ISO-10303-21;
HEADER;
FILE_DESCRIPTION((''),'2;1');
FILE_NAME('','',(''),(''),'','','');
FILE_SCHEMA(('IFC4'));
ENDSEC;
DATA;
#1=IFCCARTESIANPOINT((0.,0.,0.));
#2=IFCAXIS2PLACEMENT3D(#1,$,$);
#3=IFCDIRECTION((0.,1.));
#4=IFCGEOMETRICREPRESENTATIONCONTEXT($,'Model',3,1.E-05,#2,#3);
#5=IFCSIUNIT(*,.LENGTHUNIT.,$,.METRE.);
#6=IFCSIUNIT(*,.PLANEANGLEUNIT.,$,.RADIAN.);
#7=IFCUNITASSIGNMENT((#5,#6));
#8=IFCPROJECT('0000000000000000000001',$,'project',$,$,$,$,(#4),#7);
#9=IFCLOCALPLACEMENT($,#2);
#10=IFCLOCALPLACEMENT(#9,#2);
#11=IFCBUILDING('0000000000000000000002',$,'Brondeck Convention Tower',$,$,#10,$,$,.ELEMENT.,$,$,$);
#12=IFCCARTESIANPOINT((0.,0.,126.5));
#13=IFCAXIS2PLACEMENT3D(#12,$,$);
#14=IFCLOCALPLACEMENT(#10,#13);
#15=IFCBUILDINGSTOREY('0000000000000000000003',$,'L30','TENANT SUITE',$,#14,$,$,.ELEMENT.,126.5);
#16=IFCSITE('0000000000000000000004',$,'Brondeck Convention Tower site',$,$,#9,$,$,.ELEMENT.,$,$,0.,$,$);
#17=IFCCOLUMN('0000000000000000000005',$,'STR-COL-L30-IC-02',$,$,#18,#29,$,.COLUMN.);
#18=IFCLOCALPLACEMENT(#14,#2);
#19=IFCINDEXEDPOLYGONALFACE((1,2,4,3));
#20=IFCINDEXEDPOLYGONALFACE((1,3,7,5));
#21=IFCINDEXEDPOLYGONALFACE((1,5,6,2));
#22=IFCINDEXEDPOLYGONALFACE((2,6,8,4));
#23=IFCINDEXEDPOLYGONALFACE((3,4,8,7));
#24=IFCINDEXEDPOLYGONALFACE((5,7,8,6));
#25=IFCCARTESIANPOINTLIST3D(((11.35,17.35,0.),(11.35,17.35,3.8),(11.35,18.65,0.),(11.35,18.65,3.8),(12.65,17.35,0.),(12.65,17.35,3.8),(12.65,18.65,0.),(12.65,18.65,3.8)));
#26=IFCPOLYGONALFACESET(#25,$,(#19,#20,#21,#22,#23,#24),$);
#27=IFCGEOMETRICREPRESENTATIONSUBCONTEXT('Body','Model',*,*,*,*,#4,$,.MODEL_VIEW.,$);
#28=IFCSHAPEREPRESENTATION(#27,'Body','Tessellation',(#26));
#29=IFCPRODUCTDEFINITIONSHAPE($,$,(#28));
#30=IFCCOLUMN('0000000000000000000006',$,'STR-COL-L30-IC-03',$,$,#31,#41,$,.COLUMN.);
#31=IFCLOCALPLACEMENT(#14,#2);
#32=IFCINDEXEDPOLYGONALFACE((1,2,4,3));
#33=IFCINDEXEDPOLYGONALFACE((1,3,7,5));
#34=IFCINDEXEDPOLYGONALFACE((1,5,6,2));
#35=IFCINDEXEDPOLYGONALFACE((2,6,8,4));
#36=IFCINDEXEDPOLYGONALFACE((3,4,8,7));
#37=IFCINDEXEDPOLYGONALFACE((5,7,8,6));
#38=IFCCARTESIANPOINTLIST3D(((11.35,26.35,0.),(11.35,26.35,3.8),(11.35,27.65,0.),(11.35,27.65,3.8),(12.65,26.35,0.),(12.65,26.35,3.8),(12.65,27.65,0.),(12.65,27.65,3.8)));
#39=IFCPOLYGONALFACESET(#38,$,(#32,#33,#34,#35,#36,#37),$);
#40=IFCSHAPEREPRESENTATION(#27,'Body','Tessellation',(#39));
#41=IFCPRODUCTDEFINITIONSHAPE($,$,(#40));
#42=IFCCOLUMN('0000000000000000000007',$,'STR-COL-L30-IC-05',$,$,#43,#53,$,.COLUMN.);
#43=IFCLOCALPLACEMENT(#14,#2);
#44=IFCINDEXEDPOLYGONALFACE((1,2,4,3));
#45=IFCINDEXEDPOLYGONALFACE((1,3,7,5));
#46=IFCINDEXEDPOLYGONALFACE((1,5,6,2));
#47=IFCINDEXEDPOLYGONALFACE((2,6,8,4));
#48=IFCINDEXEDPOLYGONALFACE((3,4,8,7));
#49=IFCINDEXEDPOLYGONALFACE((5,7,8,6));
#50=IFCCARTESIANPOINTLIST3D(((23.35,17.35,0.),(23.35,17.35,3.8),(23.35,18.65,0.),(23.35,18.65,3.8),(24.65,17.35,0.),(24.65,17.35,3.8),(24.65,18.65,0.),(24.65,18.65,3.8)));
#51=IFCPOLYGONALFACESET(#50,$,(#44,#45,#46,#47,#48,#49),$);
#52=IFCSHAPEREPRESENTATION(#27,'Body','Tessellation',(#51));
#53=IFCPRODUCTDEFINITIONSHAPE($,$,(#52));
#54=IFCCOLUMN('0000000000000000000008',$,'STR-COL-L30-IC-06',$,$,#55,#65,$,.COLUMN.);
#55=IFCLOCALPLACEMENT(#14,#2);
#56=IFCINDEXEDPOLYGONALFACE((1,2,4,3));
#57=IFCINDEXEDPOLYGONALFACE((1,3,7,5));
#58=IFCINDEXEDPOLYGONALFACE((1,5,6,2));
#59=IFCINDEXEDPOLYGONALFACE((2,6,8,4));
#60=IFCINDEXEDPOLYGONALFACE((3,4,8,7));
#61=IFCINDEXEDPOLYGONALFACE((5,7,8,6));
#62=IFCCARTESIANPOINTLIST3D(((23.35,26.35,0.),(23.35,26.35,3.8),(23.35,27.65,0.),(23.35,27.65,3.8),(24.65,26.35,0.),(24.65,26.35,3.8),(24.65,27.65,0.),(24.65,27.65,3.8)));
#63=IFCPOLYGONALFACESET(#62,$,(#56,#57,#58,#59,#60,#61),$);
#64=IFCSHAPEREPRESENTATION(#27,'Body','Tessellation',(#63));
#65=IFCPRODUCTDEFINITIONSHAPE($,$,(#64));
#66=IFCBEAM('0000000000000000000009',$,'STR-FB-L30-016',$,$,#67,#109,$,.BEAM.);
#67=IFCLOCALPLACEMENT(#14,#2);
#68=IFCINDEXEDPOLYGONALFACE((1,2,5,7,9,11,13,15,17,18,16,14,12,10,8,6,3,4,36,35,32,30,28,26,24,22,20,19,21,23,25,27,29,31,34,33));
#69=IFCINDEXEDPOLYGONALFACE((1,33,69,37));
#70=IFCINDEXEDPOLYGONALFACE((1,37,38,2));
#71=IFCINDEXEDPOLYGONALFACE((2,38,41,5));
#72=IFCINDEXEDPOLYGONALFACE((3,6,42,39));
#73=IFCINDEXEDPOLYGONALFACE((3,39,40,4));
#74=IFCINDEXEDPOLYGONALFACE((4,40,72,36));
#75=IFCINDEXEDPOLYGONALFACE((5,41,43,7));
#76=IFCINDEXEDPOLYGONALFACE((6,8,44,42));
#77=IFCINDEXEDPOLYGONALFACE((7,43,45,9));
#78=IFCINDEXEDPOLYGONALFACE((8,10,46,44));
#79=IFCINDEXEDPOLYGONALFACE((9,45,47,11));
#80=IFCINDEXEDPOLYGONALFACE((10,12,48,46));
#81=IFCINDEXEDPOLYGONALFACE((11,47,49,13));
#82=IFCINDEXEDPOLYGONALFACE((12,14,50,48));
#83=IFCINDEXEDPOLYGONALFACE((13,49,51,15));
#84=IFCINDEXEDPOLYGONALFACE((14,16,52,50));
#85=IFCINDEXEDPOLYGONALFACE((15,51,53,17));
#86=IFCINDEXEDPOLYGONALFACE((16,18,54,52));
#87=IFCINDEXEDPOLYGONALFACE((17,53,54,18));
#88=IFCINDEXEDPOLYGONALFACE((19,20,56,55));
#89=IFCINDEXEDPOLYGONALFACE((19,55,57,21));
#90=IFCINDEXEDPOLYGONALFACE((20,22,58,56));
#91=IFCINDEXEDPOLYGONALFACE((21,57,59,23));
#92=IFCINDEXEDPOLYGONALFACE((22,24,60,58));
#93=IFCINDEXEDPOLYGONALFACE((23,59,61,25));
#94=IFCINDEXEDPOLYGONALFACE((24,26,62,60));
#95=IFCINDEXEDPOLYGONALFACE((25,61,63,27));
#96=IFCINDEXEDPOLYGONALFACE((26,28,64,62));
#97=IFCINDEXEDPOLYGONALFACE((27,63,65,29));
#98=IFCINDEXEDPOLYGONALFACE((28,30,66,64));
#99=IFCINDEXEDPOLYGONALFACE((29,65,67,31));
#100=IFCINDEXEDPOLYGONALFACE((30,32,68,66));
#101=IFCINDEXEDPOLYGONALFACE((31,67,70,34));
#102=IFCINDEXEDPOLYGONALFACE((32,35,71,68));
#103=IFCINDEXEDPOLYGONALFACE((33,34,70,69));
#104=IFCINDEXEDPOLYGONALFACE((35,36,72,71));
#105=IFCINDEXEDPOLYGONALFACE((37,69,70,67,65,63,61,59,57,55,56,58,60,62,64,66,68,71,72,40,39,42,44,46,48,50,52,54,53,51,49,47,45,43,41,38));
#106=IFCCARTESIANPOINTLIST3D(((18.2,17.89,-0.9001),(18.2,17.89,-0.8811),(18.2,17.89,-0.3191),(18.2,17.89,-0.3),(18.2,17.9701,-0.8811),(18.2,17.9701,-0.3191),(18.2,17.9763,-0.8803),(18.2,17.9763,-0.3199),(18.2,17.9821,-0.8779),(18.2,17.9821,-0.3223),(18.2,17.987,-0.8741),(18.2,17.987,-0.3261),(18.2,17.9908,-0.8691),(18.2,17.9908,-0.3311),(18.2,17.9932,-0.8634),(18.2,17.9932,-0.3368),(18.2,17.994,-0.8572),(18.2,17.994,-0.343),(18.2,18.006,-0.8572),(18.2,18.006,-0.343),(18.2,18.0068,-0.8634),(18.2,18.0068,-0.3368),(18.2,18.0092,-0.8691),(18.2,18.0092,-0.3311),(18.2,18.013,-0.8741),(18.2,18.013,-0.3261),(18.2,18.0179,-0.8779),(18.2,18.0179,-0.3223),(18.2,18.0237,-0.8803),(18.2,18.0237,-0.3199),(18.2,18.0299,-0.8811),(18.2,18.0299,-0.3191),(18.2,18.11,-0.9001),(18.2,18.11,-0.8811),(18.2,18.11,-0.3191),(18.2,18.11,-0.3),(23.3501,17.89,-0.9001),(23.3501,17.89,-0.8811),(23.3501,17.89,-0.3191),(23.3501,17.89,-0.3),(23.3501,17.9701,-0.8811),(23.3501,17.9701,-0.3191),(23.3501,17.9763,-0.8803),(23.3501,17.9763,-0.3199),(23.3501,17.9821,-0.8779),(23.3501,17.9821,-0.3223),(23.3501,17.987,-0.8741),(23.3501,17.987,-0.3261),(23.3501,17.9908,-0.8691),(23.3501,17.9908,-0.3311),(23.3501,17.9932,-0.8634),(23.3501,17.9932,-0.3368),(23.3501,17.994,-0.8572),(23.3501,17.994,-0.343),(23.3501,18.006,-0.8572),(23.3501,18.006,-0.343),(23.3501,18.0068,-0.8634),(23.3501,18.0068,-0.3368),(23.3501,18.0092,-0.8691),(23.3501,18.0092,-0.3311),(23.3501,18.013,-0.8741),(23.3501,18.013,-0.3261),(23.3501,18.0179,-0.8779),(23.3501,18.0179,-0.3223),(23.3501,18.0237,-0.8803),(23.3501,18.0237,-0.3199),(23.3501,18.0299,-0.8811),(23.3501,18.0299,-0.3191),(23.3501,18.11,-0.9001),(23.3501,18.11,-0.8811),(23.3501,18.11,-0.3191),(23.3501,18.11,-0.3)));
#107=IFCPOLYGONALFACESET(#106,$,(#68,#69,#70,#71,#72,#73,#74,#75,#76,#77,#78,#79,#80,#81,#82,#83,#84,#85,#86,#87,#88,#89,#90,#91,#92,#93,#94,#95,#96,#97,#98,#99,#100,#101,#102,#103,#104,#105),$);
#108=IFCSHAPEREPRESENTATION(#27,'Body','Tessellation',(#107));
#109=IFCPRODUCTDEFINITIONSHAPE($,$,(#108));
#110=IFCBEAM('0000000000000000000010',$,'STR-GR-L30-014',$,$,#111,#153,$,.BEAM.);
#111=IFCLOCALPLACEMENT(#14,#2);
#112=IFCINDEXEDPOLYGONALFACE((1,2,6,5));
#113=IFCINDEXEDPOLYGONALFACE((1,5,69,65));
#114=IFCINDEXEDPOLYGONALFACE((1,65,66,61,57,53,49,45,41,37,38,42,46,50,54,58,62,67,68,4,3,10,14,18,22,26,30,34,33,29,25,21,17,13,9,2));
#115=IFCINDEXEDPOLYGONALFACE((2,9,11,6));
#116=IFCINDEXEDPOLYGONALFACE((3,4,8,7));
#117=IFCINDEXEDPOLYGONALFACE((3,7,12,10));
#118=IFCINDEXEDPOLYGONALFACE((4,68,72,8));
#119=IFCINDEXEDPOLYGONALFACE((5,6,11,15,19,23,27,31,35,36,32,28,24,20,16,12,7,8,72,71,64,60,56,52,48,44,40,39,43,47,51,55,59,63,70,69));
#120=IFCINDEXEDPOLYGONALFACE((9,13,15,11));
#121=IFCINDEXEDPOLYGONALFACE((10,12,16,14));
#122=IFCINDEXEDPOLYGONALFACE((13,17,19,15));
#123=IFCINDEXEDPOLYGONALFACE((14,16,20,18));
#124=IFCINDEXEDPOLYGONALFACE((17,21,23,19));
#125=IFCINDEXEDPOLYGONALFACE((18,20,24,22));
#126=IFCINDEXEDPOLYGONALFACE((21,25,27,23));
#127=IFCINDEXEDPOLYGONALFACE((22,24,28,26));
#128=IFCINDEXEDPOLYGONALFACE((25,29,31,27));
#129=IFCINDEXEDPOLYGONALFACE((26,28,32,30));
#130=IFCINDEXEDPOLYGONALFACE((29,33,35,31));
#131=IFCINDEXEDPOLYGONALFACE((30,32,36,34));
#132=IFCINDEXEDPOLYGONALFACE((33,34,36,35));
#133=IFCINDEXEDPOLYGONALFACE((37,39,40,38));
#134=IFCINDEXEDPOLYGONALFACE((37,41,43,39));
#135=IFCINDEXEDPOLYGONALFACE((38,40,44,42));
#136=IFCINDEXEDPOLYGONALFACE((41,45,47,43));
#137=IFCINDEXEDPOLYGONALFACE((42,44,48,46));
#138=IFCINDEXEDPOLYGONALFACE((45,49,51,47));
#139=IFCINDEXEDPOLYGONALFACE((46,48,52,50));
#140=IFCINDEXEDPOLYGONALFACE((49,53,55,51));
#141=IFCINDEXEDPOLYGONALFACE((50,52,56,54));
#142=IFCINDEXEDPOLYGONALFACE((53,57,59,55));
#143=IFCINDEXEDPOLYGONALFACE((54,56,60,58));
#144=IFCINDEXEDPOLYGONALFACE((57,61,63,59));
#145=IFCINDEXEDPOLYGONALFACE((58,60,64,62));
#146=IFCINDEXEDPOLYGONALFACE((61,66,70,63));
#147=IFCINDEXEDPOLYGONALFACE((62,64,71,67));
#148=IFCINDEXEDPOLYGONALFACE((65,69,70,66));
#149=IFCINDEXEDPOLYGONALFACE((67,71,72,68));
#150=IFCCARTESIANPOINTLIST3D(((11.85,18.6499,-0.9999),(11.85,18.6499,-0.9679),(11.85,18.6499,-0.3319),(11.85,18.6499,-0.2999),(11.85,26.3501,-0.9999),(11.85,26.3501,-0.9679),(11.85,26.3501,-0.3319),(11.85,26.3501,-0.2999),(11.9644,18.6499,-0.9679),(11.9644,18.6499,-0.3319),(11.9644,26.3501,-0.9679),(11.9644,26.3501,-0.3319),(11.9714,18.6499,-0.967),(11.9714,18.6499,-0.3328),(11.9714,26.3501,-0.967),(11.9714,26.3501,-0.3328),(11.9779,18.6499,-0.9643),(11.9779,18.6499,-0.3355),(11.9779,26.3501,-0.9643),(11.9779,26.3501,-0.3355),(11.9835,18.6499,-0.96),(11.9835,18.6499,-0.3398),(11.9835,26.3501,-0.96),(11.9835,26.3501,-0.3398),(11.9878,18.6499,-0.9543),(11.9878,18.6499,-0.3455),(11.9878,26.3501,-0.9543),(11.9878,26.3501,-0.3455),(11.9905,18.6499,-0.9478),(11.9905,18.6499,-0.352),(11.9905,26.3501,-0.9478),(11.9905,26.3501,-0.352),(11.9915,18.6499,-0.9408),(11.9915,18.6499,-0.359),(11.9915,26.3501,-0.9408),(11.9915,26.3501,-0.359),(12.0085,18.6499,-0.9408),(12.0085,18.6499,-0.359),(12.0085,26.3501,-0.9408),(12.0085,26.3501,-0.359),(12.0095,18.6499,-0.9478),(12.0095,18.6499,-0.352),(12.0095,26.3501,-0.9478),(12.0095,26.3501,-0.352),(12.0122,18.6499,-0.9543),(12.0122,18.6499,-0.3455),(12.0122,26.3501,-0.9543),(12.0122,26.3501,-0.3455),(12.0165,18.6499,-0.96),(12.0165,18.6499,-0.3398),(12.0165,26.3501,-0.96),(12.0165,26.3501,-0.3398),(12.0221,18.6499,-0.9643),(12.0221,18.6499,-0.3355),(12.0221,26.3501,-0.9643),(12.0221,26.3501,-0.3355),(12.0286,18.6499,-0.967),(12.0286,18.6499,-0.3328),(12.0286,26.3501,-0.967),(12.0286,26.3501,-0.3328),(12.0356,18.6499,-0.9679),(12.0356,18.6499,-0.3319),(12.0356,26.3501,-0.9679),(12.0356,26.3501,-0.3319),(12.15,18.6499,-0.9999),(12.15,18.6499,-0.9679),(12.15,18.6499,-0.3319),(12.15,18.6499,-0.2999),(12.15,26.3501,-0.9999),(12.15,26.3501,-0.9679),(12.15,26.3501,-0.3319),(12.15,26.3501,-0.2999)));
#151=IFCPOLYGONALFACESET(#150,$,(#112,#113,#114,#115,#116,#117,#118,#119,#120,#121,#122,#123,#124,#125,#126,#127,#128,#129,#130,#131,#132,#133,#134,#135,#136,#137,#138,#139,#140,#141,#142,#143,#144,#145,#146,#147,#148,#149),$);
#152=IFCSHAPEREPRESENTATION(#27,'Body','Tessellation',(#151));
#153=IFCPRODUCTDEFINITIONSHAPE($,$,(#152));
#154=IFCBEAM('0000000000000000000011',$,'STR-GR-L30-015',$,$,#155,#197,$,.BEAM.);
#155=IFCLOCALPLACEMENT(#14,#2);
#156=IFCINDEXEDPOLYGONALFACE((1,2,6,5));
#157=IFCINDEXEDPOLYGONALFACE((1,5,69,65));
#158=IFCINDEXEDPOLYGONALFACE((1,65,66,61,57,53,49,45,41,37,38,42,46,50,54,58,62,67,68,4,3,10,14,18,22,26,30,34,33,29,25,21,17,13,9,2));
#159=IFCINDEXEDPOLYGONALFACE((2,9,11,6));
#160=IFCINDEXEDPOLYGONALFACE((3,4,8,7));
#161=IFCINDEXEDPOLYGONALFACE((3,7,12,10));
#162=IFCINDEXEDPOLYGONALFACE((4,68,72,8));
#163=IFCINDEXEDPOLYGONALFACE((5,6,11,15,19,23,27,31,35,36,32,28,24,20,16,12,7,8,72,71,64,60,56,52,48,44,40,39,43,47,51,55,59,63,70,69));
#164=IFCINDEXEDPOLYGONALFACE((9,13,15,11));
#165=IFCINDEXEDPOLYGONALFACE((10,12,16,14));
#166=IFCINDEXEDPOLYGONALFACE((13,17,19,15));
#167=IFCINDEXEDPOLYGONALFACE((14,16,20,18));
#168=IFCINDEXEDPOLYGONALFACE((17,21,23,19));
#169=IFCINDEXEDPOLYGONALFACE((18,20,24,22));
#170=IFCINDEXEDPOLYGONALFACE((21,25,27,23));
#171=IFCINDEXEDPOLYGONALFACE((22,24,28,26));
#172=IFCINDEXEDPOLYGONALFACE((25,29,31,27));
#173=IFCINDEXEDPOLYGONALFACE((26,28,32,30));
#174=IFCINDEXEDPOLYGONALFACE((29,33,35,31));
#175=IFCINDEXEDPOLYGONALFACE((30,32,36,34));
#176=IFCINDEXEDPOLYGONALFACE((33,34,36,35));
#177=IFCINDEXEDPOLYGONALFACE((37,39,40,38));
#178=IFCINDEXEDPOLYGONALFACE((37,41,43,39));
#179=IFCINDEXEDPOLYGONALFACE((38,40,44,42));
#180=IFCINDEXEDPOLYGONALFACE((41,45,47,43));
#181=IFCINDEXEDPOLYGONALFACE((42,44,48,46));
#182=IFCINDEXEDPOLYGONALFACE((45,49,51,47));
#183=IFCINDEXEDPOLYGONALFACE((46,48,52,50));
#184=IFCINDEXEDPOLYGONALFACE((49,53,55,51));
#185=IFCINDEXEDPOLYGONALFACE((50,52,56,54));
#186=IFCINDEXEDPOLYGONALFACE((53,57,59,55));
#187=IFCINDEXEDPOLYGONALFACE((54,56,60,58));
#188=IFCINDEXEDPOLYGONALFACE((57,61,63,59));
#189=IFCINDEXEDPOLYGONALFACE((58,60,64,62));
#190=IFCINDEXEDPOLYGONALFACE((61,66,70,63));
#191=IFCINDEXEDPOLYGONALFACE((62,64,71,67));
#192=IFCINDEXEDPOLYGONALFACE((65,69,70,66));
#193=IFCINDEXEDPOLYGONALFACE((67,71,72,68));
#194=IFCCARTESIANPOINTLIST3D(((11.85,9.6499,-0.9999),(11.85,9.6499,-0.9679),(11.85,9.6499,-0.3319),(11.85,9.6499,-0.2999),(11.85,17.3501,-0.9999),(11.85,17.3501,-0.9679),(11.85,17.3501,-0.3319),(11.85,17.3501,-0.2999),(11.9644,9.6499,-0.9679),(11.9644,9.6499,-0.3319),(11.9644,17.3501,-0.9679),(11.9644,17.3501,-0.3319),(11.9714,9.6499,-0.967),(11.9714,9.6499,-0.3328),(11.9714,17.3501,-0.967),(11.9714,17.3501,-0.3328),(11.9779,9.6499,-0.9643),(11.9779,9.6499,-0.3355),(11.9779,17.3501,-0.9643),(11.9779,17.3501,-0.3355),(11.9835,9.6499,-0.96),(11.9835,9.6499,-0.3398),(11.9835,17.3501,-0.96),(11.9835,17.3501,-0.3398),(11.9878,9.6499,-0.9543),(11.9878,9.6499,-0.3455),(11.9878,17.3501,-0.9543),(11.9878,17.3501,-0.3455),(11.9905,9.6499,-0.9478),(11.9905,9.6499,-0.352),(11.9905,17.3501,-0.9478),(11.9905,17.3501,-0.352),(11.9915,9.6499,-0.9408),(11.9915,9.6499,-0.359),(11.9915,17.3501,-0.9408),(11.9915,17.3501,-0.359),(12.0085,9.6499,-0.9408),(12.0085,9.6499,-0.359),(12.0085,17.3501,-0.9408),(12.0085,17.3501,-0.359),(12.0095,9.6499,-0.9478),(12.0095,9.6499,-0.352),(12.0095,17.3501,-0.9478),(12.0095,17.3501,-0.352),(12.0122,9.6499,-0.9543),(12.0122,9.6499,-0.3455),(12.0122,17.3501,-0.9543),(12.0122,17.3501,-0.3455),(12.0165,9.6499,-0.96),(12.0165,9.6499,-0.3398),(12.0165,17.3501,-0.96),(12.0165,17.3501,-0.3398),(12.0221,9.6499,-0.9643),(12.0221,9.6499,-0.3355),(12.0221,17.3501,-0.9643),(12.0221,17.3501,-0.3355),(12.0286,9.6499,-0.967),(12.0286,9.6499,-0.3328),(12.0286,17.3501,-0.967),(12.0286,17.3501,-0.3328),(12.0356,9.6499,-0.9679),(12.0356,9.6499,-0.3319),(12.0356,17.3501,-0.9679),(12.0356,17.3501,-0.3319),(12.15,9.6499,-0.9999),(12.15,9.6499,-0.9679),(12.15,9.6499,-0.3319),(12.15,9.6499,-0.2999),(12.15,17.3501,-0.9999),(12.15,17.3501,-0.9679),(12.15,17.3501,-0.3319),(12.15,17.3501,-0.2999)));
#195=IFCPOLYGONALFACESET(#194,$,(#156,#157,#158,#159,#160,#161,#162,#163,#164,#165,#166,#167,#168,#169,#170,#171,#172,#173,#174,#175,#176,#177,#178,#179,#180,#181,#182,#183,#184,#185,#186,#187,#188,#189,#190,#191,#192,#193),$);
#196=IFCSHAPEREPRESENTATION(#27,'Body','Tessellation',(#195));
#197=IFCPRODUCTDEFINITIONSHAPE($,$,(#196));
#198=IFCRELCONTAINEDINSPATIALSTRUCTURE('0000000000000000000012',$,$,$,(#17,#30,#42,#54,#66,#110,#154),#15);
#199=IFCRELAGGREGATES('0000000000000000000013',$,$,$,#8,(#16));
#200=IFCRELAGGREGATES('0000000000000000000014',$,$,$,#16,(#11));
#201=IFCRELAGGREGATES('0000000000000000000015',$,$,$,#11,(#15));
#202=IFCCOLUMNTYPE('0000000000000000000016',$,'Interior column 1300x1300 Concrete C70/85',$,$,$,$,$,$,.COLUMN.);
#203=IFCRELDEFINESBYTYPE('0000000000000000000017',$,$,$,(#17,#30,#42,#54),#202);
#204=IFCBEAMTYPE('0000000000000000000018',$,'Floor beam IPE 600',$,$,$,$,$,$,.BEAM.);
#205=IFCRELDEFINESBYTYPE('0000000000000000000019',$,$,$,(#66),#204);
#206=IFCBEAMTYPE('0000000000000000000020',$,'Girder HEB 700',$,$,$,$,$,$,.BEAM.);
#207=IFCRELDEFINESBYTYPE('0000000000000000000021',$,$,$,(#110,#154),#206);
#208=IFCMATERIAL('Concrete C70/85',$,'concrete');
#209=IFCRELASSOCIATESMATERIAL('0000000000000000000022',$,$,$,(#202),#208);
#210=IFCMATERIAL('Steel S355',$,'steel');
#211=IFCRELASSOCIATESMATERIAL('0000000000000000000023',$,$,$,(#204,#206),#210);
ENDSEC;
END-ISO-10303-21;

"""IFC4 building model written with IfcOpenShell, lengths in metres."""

from ifc_helpers import new_model, si_unit, direction, frame, origin, origin_2d, place, context, subcontext, project, spatial, rectangle, i_section, extrude, material, material_profile, profile_set, type_object, element, save


model = new_model("IFC4")

# Units and contexts
model_context = context("Model", 3, precision=1e-05, world=origin(), true_north=direction((0.0, 1.0)))
body_context = subcontext(model_context, "Body", "Model", "MODEL_VIEW")
ifc_project = project(units=[si_unit("LENGTHUNIT", "METRE"), si_unit("PLANEANGLEUNIT", "RADIAN")], contexts=[model_context])

# Site, building, storey
site_placement = place(None, origin())
site = spatial("IfcSite", under=ifc_project, at=site_placement, Name="Brondeck Convention Tower site", CompositionType="ELEMENT", RefElevation=0.0)
building_placement = place(site_placement, origin())
building = spatial("IfcBuilding", under=site, at=building_placement, Name="Brondeck Convention Tower", CompositionType="ELEMENT")
storey_placement = place(building_placement, frame((0.0, 0.0, 126.5)))
storey = spatial("IfcBuildingStorey", under=building, at=storey_placement, Name="L30", Description="TENANT SUITE", CompositionType="ELEMENT", Elevation=126.5)

# Columns
ifc_material_1 = material(Name="Concrete C70/85", Category="concrete")
ifc_material_profile_1 = material_profile(ifc_material_1, rectangle(XDim=1.3, YDim=1.3, at=origin_2d()), Name="Interior column 1300x1300 Concrete C70/85")
ifc_profile_set_1 = profile_set([ifc_material_profile_1], Name="Concrete C70/85")
column_type = type_object("IfcColumnType", Name="Interior column 1300x1300 Concrete C70/85", PredefinedType="COLUMN", material=ifc_profile_set_1)
for number, where, z_axis, x_axis, name in (
    (1, (12.0, 18.0, 0.0), (0.0, 0.0, 1.0), (1.0, 0.0, 0.0), "STR-COL-L30-IC-02"),
    (2, (12.0, 27.0, 0.0), (0.0, 0.0, 1.0), (1.0, 0.0, 0.0), "STR-COL-L30-IC-03"),
    (3, (24.0, 18.0, 0.0), (0.0, 0.0, 1.0), (1.0, 0.0, 0.0), "STR-COL-L30-IC-05"),
    (4, (24.0, 27.0, 0.0), (0.0, 0.0, 1.0), (1.0, 0.0, 0.0), "STR-COL-L30-IC-06"),
):
    element("IfcColumn", number, at=place(storey_placement, frame(where, z_axis=z_axis, x_axis=x_axis)), inside=storey, type_object=column_type, Name=name, PredefinedType="COLUMN", context=body_context, shape_type="SweptSolid", body=[
        extrude(rectangle(XDim=1.3, YDim=1.3, at=origin_2d()), origin(), (0.0, 0.0, 1.0), 3.8),
    ])

# Beams
ifc_material_2 = material(Name="Steel S355", Category="steel")
ifc_material_profile_2 = material_profile(ifc_material_2, i_section(OverallWidth=0.22, OverallDepth=0.6001, WebThickness=0.012, FlangeThickness=0.019, FilletRadius=0.0239, at=origin_2d()), Name="IPE 600")
ifc_profile_set_2 = profile_set([ifc_material_profile_2], Name="Steel S355")
beam_type_1 = type_object("IfcBeamType", Name="Floor beam IPE 600", PredefinedType="BEAM", material=ifc_profile_set_2)
beam_1_placement = place(storey_placement, frame((18.2, 18.0, -0.6001), z_axis=(1.0, 0.0, 0.0), x_axis=(0.0, 1.0, 0.0)))
element("IfcBeam", 5, at=beam_1_placement, inside=storey, type_object=beam_type_1, Name="STR-FB-L30-016", PredefinedType="BEAM", context=body_context, shape_type="SweptSolid", body=[
    extrude(i_section(OverallWidth=0.22, OverallDepth=0.6001, WebThickness=0.012, FlangeThickness=0.019, FilletRadius=0.0239, at=origin_2d()), origin(), (0.0, 0.0, 1.0), 5.1501),
])
ifc_material_profile_3 = material_profile(ifc_material_2, i_section(OverallWidth=0.3, OverallDepth=0.7, WebThickness=0.0171, FlangeThickness=0.032, FilletRadius=0.0271, at=origin_2d()), Name="HEB 700")
ifc_profile_set_3 = profile_set([ifc_material_profile_3], Name="Steel S355")
beam_type_2 = type_object("IfcBeamType", Name="Girder HEB 700", PredefinedType="BEAM", material=ifc_profile_set_3)
for number, where, z_axis, x_axis, name in (
    (6, (12.0, 26.3501, -0.6499), (0.0, -1.0, 0.0), (1.0, 0.0, 0.0), "STR-GR-L30-014"),
    (7, (12.0, 17.3501, -0.6499), (0.0, -1.0, 0.0), (1.0, 0.0, 0.0), "STR-GR-L30-015"),
):
    element("IfcBeam", number, at=place(storey_placement, frame(where, z_axis=z_axis, x_axis=x_axis)), inside=storey, type_object=beam_type_2, Name=name, PredefinedType="BEAM", context=body_context, shape_type="SweptSolid", body=[
        extrude(i_section(OverallWidth=0.3, OverallDepth=0.7, WebThickness=0.0171, FlangeThickness=0.032, FilletRadius=0.0271, at=origin_2d()), origin(), (0.0, 0.0, 1.0), 7.7002),
    ])

save(model, "model.ifc")
